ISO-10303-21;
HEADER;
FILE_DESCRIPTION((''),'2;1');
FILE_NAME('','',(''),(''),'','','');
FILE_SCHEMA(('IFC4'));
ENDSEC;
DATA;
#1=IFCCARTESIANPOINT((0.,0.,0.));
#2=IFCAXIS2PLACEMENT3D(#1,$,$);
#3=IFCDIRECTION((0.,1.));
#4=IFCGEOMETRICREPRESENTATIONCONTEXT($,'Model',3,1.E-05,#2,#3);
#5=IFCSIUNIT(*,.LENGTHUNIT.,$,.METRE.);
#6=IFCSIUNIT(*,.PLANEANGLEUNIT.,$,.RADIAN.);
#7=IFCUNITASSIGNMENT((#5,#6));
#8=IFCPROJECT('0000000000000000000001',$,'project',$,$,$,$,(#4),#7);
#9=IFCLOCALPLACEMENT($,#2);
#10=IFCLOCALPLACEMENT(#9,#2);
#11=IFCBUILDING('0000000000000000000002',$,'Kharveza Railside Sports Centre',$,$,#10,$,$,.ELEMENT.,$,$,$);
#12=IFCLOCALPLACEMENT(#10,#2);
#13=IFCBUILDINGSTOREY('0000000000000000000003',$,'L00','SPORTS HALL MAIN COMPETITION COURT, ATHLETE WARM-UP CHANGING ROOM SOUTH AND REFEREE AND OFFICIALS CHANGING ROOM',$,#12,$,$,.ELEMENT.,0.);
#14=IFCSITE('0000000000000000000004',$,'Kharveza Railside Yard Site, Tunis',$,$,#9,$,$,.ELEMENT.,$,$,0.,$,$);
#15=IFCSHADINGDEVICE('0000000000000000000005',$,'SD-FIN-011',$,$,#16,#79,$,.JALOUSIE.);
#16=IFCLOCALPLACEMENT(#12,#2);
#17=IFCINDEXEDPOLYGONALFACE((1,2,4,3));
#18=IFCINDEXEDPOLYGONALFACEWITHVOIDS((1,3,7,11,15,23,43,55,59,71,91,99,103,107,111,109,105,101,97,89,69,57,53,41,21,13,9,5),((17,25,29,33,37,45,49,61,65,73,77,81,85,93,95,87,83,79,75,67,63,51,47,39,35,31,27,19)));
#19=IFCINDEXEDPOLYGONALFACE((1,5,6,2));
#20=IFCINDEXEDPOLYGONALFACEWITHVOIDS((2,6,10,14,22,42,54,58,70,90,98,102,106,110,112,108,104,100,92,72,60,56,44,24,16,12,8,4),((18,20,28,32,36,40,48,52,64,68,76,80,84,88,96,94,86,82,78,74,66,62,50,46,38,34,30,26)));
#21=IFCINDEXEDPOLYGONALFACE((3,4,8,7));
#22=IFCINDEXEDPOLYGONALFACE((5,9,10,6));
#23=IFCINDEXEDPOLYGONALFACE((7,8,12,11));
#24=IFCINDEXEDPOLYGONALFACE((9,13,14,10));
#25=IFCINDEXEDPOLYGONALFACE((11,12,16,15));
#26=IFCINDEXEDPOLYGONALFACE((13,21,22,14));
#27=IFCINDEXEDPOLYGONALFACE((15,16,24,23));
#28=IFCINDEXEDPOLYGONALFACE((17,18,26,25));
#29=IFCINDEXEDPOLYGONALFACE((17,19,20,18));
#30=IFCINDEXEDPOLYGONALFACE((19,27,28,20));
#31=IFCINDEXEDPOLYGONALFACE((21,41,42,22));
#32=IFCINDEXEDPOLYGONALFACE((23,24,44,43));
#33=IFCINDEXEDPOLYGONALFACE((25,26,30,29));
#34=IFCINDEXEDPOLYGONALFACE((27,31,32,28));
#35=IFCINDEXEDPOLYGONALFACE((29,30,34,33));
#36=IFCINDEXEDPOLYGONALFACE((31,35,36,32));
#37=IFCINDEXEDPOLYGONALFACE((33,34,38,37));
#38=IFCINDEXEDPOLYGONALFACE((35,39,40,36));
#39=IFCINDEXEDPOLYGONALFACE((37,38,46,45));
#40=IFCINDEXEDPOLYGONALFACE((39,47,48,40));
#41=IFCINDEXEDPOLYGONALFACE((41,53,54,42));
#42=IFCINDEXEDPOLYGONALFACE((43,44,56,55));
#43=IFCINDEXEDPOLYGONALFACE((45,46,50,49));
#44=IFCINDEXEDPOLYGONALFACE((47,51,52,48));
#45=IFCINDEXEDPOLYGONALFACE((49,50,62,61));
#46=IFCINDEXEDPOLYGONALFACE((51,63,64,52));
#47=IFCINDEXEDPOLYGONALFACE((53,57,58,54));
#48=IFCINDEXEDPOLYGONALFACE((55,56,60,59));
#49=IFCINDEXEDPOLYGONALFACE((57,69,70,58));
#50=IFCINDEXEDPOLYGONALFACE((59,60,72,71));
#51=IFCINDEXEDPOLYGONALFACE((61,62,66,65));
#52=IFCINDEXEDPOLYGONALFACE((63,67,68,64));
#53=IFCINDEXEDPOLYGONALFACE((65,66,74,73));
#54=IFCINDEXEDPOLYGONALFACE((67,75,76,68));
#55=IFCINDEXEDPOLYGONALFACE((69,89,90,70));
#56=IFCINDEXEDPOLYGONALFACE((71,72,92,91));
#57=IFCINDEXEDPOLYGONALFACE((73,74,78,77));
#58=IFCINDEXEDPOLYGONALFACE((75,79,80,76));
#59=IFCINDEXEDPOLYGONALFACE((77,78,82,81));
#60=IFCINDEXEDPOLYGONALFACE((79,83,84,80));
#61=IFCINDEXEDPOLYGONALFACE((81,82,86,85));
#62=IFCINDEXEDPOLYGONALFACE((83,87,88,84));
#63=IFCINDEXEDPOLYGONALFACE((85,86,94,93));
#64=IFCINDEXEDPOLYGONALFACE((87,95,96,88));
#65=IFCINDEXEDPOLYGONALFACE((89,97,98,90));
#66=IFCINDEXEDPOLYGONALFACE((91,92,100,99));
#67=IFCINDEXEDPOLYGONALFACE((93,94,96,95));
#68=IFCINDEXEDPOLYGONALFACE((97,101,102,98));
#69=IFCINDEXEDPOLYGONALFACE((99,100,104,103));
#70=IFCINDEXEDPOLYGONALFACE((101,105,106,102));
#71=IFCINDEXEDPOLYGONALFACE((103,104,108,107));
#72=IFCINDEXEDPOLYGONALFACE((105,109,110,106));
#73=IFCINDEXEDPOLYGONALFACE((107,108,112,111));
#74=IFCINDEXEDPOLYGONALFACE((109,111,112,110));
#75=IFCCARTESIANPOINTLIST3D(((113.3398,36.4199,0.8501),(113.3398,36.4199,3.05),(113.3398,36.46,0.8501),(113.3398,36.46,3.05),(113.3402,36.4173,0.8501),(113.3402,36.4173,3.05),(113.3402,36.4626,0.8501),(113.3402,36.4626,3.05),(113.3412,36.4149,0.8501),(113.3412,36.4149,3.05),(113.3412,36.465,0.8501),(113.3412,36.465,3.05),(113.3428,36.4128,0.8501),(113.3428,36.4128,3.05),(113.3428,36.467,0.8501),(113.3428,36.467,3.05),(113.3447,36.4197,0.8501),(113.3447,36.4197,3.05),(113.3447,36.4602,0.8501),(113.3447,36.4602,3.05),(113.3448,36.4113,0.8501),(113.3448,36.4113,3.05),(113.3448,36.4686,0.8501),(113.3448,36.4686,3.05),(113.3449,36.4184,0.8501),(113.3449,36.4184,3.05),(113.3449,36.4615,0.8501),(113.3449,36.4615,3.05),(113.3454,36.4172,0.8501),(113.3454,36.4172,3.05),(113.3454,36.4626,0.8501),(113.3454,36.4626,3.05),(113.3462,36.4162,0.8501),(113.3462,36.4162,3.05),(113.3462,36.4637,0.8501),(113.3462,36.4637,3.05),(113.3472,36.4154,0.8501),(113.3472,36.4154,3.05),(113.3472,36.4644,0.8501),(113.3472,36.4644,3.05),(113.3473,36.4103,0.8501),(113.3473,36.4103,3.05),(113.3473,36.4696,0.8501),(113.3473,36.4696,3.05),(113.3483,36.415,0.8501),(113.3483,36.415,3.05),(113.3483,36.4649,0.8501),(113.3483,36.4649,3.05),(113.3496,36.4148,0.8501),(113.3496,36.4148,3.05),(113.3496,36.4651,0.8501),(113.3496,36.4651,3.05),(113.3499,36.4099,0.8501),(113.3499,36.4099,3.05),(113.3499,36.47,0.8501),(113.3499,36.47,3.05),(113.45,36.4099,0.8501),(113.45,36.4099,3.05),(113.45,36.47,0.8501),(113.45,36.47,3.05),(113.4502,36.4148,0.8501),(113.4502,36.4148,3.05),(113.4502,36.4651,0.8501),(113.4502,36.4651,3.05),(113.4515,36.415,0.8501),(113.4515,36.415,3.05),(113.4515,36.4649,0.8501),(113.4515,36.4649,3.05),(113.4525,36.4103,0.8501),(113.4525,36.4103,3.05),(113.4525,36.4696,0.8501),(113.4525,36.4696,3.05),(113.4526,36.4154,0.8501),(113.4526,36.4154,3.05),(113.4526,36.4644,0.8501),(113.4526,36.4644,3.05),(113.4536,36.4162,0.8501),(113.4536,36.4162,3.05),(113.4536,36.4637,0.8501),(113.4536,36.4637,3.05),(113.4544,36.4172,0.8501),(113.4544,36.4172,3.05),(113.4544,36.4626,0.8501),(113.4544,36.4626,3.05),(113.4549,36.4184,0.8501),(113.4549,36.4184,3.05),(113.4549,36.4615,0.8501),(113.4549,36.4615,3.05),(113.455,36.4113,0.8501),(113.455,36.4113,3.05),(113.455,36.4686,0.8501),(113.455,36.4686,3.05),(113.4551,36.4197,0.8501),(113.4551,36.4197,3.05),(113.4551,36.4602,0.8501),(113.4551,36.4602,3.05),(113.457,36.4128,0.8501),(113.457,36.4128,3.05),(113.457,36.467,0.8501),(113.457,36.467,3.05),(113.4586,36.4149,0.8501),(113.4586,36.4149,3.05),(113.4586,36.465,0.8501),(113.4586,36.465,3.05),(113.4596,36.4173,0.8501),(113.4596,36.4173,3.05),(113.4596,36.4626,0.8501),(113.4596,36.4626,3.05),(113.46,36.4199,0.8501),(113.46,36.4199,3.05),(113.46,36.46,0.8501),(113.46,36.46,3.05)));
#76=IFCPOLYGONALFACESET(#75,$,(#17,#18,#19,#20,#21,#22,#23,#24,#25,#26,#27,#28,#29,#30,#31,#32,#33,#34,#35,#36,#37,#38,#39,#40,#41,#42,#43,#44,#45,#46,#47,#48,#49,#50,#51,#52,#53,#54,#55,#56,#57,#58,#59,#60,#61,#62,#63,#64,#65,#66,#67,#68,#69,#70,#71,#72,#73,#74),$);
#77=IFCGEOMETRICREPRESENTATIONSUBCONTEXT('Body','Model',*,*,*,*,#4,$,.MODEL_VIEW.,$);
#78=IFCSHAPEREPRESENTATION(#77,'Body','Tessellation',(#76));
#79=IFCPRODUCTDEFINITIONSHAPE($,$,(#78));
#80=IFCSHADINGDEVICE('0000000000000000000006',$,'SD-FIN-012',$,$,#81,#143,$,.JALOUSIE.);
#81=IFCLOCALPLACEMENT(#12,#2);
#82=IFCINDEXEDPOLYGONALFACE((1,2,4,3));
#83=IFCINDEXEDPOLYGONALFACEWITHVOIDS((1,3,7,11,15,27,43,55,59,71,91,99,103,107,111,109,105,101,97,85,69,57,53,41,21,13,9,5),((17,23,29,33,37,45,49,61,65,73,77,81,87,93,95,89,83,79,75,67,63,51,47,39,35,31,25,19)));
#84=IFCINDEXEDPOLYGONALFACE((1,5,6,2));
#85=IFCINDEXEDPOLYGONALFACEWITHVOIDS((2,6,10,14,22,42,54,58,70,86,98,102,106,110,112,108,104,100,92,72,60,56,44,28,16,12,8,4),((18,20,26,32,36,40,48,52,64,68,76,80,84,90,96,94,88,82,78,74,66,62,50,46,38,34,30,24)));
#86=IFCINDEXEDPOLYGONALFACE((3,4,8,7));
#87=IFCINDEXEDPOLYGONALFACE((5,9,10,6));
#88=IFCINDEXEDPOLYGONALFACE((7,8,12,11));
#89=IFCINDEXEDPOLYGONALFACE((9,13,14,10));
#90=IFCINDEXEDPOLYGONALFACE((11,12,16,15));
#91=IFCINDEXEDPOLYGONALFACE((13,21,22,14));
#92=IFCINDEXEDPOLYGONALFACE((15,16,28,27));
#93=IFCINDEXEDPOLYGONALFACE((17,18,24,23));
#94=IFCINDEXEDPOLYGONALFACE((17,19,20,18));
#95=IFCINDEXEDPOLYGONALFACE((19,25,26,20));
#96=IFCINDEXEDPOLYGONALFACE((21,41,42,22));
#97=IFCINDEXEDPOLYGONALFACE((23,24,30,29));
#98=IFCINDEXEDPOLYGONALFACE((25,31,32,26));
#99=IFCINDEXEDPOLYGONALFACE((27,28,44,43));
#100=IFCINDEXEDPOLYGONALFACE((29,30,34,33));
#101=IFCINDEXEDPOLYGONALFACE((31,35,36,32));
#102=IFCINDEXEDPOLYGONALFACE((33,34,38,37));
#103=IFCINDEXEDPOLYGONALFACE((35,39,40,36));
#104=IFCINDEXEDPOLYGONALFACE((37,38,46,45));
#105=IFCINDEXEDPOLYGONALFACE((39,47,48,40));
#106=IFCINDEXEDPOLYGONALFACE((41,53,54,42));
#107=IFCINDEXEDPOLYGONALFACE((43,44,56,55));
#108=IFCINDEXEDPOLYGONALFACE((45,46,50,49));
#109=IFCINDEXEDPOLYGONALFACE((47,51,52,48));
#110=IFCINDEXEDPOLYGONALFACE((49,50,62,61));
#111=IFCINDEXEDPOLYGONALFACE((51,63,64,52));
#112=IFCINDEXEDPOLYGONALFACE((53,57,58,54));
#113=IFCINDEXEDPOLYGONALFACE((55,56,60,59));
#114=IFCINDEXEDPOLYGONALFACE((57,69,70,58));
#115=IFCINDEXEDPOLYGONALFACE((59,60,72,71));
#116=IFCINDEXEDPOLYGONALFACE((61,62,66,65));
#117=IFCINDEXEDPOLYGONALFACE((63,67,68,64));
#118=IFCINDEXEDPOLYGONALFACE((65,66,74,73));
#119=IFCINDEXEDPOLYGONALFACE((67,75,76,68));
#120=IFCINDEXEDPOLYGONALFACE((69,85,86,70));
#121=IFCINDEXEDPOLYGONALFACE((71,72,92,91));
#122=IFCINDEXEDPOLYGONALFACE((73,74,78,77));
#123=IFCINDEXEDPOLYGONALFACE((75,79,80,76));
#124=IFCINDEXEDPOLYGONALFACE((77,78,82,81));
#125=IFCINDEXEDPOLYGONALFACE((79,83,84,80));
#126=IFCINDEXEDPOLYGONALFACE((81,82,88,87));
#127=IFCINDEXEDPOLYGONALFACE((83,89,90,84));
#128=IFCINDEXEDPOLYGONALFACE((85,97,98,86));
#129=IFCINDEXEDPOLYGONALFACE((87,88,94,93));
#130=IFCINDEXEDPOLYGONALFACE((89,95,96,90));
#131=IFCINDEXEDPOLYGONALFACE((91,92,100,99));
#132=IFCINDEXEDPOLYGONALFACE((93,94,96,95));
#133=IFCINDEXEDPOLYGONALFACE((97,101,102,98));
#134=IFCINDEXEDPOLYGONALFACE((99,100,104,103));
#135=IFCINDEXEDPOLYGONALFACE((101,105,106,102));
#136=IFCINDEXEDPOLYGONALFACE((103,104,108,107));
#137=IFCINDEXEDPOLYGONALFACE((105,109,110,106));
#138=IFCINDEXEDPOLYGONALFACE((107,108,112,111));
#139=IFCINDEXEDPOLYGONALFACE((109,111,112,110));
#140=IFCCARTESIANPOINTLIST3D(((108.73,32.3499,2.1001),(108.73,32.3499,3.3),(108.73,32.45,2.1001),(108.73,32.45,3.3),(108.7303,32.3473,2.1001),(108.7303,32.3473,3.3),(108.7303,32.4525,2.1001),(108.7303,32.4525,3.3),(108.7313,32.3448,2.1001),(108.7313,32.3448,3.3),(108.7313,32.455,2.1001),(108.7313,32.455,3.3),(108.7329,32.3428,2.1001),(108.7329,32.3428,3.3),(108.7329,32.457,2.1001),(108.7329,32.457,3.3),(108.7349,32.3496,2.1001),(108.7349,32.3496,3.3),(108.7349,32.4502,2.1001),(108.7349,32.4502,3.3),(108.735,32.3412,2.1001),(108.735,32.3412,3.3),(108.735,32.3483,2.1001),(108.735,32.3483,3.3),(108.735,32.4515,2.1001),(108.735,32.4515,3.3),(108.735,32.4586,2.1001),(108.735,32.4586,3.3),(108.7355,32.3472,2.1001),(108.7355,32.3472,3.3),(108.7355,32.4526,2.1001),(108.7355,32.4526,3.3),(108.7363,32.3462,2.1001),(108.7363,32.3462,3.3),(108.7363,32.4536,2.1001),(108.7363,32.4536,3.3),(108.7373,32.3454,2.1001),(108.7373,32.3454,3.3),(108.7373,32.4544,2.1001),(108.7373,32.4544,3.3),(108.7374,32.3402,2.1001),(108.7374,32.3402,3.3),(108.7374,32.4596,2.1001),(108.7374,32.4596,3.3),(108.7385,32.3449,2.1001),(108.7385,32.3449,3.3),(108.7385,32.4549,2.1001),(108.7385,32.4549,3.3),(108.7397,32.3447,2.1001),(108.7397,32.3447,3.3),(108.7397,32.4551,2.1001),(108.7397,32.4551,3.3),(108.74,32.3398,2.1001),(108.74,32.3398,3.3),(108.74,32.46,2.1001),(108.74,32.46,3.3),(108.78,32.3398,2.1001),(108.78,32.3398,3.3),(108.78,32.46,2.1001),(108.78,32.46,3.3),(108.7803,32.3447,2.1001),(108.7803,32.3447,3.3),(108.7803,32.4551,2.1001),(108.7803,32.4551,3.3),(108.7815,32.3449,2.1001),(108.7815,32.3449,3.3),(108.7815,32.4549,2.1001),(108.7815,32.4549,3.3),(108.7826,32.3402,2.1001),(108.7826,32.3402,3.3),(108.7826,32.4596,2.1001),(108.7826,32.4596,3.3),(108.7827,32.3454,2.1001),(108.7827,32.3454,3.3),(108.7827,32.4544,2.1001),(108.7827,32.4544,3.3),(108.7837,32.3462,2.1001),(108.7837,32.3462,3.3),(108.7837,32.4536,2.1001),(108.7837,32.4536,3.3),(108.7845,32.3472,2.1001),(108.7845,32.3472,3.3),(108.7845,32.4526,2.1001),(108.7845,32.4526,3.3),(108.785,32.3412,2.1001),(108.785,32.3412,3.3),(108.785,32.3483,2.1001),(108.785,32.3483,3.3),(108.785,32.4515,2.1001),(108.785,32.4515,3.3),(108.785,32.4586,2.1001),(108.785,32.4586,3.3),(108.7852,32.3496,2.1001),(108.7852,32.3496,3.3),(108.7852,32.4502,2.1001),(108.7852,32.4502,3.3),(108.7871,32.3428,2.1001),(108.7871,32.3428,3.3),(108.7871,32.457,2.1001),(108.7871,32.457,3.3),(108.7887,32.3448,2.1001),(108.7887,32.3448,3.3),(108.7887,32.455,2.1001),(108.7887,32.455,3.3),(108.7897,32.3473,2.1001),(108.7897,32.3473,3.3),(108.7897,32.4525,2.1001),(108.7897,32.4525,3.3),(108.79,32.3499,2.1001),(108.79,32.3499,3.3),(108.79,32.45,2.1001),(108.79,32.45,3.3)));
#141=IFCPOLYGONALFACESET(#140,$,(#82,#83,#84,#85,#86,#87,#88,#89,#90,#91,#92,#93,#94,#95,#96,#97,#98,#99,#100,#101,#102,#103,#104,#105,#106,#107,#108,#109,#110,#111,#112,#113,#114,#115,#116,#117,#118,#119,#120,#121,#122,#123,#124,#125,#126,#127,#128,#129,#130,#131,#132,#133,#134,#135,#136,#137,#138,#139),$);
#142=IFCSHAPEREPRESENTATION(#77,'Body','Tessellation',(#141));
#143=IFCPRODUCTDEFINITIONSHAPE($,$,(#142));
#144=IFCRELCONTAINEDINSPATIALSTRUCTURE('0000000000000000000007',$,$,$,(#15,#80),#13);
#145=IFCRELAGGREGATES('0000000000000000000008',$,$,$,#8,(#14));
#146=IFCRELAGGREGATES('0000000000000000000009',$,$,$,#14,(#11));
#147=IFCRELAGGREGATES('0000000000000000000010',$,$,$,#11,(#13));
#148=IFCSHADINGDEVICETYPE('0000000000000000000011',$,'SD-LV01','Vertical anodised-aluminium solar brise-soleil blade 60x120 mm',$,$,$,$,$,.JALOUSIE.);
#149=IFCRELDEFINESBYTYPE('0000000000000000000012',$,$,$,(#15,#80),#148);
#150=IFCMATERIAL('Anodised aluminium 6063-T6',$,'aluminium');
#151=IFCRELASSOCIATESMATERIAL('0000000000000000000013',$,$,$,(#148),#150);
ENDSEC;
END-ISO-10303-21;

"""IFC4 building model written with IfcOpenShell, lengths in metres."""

from ifc_helpers import new_model, si_unit, direction, frame, origin, origin_2d, place, context, subcontext, project, spatial, hollow_rectangle, extrude, material, material_profile, profile_set, type_object, element, save


model = new_model("IFC4")

# Units and contexts
model_context = context("Model", 3, precision=1e-05, world=origin(), true_north=direction((0.0, 1.0)))
body_context = subcontext(model_context, "Body", "Model", "MODEL_VIEW")
ifc_project = project(units=[si_unit("LENGTHUNIT", "METRE"), si_unit("PLANEANGLEUNIT", "RADIAN")], contexts=[model_context])

# Site, building, storey
site_placement = place(None, origin())
site = spatial("IfcSite", under=ifc_project, at=site_placement, Name="Kharveza Railside Yard Site, Tunis", CompositionType="ELEMENT", RefElevation=0.0)
building_placement = place(site_placement, origin())
building = spatial("IfcBuilding", under=site, at=building_placement, Name="Kharveza Railside Sports Centre", CompositionType="ELEMENT")
storey_placement = place(building_placement, origin())
storey = spatial("IfcBuildingStorey", under=building, at=storey_placement, Name="L00", Description="SPORTS HALL MAIN COMPETITION COURT, ATHLETE WARM-UP CHANGING ROOM SOUTH AND REFEREE AND OFFICIALS CHANGING ROOM", CompositionType="ELEMENT", Elevation=0.0)

# Shading devices
ifc_material_1 = material(Name="Anodised aluminium 6063-T6", Category="aluminium")
ifc_material_profile_1 = material_profile(ifc_material_1, hollow_rectangle(XDim=0.0601, YDim=0.1201, WallThickness=0.0049, InnerFilletRadius=0.0049, OuterFilletRadius=0.01, at=origin_2d()), Name="RHS 60x120x5.0")
ifc_profile_set_1 = profile_set([ifc_material_profile_1], Name="Anodised aluminium 6063-T6")
shading_device_type = type_object("IfcShadingDeviceType", Name="SD-LV01", Description="Vertical anodised-aluminium solar brise-soleil blade 60x120 mm", PredefinedType="JALOUSIE", material=ifc_profile_set_1)
shading_device_1_placement = place(storey_placement, frame((113.3999, 36.4399, 0.8501), z_axis=(0.0, 0.0, 1.0), x_axis=(0.0, 1.0, 0.0)))
element("IfcShadingDevice", 1, at=shading_device_1_placement, inside=storey, type_object=shading_device_type, Name="SD-FIN-011", PredefinedType="JALOUSIE", context=body_context, shape_type="SweptSolid", body=[
    extrude(hollow_rectangle(XDim=0.0601, YDim=0.1201, WallThickness=0.0049, InnerFilletRadius=0.0049, OuterFilletRadius=0.01, at=origin_2d()), origin(), (0.0, 0.0, 1.0), 2.2),
])
shading_device_2_placement = place(storey_placement, frame((108.76, 32.3999, 2.1001), z_axis=(0.0, 0.0, 1.0), x_axis=(-1.0, 0.0, 0.0)))
element("IfcShadingDevice", 2, at=shading_device_2_placement, inside=storey, type_object=shading_device_type, Name="SD-FIN-012", PredefinedType="JALOUSIE", context=body_context, shape_type="SweptSolid", body=[
    extrude(hollow_rectangle(XDim=0.0601, YDim=0.1201, WallThickness=0.0049, InnerFilletRadius=0.0049, OuterFilletRadius=0.01, at=origin_2d()), origin(), (0.0, 0.0, 1.0), 1.2),
])

save(model, "model.ifc")
